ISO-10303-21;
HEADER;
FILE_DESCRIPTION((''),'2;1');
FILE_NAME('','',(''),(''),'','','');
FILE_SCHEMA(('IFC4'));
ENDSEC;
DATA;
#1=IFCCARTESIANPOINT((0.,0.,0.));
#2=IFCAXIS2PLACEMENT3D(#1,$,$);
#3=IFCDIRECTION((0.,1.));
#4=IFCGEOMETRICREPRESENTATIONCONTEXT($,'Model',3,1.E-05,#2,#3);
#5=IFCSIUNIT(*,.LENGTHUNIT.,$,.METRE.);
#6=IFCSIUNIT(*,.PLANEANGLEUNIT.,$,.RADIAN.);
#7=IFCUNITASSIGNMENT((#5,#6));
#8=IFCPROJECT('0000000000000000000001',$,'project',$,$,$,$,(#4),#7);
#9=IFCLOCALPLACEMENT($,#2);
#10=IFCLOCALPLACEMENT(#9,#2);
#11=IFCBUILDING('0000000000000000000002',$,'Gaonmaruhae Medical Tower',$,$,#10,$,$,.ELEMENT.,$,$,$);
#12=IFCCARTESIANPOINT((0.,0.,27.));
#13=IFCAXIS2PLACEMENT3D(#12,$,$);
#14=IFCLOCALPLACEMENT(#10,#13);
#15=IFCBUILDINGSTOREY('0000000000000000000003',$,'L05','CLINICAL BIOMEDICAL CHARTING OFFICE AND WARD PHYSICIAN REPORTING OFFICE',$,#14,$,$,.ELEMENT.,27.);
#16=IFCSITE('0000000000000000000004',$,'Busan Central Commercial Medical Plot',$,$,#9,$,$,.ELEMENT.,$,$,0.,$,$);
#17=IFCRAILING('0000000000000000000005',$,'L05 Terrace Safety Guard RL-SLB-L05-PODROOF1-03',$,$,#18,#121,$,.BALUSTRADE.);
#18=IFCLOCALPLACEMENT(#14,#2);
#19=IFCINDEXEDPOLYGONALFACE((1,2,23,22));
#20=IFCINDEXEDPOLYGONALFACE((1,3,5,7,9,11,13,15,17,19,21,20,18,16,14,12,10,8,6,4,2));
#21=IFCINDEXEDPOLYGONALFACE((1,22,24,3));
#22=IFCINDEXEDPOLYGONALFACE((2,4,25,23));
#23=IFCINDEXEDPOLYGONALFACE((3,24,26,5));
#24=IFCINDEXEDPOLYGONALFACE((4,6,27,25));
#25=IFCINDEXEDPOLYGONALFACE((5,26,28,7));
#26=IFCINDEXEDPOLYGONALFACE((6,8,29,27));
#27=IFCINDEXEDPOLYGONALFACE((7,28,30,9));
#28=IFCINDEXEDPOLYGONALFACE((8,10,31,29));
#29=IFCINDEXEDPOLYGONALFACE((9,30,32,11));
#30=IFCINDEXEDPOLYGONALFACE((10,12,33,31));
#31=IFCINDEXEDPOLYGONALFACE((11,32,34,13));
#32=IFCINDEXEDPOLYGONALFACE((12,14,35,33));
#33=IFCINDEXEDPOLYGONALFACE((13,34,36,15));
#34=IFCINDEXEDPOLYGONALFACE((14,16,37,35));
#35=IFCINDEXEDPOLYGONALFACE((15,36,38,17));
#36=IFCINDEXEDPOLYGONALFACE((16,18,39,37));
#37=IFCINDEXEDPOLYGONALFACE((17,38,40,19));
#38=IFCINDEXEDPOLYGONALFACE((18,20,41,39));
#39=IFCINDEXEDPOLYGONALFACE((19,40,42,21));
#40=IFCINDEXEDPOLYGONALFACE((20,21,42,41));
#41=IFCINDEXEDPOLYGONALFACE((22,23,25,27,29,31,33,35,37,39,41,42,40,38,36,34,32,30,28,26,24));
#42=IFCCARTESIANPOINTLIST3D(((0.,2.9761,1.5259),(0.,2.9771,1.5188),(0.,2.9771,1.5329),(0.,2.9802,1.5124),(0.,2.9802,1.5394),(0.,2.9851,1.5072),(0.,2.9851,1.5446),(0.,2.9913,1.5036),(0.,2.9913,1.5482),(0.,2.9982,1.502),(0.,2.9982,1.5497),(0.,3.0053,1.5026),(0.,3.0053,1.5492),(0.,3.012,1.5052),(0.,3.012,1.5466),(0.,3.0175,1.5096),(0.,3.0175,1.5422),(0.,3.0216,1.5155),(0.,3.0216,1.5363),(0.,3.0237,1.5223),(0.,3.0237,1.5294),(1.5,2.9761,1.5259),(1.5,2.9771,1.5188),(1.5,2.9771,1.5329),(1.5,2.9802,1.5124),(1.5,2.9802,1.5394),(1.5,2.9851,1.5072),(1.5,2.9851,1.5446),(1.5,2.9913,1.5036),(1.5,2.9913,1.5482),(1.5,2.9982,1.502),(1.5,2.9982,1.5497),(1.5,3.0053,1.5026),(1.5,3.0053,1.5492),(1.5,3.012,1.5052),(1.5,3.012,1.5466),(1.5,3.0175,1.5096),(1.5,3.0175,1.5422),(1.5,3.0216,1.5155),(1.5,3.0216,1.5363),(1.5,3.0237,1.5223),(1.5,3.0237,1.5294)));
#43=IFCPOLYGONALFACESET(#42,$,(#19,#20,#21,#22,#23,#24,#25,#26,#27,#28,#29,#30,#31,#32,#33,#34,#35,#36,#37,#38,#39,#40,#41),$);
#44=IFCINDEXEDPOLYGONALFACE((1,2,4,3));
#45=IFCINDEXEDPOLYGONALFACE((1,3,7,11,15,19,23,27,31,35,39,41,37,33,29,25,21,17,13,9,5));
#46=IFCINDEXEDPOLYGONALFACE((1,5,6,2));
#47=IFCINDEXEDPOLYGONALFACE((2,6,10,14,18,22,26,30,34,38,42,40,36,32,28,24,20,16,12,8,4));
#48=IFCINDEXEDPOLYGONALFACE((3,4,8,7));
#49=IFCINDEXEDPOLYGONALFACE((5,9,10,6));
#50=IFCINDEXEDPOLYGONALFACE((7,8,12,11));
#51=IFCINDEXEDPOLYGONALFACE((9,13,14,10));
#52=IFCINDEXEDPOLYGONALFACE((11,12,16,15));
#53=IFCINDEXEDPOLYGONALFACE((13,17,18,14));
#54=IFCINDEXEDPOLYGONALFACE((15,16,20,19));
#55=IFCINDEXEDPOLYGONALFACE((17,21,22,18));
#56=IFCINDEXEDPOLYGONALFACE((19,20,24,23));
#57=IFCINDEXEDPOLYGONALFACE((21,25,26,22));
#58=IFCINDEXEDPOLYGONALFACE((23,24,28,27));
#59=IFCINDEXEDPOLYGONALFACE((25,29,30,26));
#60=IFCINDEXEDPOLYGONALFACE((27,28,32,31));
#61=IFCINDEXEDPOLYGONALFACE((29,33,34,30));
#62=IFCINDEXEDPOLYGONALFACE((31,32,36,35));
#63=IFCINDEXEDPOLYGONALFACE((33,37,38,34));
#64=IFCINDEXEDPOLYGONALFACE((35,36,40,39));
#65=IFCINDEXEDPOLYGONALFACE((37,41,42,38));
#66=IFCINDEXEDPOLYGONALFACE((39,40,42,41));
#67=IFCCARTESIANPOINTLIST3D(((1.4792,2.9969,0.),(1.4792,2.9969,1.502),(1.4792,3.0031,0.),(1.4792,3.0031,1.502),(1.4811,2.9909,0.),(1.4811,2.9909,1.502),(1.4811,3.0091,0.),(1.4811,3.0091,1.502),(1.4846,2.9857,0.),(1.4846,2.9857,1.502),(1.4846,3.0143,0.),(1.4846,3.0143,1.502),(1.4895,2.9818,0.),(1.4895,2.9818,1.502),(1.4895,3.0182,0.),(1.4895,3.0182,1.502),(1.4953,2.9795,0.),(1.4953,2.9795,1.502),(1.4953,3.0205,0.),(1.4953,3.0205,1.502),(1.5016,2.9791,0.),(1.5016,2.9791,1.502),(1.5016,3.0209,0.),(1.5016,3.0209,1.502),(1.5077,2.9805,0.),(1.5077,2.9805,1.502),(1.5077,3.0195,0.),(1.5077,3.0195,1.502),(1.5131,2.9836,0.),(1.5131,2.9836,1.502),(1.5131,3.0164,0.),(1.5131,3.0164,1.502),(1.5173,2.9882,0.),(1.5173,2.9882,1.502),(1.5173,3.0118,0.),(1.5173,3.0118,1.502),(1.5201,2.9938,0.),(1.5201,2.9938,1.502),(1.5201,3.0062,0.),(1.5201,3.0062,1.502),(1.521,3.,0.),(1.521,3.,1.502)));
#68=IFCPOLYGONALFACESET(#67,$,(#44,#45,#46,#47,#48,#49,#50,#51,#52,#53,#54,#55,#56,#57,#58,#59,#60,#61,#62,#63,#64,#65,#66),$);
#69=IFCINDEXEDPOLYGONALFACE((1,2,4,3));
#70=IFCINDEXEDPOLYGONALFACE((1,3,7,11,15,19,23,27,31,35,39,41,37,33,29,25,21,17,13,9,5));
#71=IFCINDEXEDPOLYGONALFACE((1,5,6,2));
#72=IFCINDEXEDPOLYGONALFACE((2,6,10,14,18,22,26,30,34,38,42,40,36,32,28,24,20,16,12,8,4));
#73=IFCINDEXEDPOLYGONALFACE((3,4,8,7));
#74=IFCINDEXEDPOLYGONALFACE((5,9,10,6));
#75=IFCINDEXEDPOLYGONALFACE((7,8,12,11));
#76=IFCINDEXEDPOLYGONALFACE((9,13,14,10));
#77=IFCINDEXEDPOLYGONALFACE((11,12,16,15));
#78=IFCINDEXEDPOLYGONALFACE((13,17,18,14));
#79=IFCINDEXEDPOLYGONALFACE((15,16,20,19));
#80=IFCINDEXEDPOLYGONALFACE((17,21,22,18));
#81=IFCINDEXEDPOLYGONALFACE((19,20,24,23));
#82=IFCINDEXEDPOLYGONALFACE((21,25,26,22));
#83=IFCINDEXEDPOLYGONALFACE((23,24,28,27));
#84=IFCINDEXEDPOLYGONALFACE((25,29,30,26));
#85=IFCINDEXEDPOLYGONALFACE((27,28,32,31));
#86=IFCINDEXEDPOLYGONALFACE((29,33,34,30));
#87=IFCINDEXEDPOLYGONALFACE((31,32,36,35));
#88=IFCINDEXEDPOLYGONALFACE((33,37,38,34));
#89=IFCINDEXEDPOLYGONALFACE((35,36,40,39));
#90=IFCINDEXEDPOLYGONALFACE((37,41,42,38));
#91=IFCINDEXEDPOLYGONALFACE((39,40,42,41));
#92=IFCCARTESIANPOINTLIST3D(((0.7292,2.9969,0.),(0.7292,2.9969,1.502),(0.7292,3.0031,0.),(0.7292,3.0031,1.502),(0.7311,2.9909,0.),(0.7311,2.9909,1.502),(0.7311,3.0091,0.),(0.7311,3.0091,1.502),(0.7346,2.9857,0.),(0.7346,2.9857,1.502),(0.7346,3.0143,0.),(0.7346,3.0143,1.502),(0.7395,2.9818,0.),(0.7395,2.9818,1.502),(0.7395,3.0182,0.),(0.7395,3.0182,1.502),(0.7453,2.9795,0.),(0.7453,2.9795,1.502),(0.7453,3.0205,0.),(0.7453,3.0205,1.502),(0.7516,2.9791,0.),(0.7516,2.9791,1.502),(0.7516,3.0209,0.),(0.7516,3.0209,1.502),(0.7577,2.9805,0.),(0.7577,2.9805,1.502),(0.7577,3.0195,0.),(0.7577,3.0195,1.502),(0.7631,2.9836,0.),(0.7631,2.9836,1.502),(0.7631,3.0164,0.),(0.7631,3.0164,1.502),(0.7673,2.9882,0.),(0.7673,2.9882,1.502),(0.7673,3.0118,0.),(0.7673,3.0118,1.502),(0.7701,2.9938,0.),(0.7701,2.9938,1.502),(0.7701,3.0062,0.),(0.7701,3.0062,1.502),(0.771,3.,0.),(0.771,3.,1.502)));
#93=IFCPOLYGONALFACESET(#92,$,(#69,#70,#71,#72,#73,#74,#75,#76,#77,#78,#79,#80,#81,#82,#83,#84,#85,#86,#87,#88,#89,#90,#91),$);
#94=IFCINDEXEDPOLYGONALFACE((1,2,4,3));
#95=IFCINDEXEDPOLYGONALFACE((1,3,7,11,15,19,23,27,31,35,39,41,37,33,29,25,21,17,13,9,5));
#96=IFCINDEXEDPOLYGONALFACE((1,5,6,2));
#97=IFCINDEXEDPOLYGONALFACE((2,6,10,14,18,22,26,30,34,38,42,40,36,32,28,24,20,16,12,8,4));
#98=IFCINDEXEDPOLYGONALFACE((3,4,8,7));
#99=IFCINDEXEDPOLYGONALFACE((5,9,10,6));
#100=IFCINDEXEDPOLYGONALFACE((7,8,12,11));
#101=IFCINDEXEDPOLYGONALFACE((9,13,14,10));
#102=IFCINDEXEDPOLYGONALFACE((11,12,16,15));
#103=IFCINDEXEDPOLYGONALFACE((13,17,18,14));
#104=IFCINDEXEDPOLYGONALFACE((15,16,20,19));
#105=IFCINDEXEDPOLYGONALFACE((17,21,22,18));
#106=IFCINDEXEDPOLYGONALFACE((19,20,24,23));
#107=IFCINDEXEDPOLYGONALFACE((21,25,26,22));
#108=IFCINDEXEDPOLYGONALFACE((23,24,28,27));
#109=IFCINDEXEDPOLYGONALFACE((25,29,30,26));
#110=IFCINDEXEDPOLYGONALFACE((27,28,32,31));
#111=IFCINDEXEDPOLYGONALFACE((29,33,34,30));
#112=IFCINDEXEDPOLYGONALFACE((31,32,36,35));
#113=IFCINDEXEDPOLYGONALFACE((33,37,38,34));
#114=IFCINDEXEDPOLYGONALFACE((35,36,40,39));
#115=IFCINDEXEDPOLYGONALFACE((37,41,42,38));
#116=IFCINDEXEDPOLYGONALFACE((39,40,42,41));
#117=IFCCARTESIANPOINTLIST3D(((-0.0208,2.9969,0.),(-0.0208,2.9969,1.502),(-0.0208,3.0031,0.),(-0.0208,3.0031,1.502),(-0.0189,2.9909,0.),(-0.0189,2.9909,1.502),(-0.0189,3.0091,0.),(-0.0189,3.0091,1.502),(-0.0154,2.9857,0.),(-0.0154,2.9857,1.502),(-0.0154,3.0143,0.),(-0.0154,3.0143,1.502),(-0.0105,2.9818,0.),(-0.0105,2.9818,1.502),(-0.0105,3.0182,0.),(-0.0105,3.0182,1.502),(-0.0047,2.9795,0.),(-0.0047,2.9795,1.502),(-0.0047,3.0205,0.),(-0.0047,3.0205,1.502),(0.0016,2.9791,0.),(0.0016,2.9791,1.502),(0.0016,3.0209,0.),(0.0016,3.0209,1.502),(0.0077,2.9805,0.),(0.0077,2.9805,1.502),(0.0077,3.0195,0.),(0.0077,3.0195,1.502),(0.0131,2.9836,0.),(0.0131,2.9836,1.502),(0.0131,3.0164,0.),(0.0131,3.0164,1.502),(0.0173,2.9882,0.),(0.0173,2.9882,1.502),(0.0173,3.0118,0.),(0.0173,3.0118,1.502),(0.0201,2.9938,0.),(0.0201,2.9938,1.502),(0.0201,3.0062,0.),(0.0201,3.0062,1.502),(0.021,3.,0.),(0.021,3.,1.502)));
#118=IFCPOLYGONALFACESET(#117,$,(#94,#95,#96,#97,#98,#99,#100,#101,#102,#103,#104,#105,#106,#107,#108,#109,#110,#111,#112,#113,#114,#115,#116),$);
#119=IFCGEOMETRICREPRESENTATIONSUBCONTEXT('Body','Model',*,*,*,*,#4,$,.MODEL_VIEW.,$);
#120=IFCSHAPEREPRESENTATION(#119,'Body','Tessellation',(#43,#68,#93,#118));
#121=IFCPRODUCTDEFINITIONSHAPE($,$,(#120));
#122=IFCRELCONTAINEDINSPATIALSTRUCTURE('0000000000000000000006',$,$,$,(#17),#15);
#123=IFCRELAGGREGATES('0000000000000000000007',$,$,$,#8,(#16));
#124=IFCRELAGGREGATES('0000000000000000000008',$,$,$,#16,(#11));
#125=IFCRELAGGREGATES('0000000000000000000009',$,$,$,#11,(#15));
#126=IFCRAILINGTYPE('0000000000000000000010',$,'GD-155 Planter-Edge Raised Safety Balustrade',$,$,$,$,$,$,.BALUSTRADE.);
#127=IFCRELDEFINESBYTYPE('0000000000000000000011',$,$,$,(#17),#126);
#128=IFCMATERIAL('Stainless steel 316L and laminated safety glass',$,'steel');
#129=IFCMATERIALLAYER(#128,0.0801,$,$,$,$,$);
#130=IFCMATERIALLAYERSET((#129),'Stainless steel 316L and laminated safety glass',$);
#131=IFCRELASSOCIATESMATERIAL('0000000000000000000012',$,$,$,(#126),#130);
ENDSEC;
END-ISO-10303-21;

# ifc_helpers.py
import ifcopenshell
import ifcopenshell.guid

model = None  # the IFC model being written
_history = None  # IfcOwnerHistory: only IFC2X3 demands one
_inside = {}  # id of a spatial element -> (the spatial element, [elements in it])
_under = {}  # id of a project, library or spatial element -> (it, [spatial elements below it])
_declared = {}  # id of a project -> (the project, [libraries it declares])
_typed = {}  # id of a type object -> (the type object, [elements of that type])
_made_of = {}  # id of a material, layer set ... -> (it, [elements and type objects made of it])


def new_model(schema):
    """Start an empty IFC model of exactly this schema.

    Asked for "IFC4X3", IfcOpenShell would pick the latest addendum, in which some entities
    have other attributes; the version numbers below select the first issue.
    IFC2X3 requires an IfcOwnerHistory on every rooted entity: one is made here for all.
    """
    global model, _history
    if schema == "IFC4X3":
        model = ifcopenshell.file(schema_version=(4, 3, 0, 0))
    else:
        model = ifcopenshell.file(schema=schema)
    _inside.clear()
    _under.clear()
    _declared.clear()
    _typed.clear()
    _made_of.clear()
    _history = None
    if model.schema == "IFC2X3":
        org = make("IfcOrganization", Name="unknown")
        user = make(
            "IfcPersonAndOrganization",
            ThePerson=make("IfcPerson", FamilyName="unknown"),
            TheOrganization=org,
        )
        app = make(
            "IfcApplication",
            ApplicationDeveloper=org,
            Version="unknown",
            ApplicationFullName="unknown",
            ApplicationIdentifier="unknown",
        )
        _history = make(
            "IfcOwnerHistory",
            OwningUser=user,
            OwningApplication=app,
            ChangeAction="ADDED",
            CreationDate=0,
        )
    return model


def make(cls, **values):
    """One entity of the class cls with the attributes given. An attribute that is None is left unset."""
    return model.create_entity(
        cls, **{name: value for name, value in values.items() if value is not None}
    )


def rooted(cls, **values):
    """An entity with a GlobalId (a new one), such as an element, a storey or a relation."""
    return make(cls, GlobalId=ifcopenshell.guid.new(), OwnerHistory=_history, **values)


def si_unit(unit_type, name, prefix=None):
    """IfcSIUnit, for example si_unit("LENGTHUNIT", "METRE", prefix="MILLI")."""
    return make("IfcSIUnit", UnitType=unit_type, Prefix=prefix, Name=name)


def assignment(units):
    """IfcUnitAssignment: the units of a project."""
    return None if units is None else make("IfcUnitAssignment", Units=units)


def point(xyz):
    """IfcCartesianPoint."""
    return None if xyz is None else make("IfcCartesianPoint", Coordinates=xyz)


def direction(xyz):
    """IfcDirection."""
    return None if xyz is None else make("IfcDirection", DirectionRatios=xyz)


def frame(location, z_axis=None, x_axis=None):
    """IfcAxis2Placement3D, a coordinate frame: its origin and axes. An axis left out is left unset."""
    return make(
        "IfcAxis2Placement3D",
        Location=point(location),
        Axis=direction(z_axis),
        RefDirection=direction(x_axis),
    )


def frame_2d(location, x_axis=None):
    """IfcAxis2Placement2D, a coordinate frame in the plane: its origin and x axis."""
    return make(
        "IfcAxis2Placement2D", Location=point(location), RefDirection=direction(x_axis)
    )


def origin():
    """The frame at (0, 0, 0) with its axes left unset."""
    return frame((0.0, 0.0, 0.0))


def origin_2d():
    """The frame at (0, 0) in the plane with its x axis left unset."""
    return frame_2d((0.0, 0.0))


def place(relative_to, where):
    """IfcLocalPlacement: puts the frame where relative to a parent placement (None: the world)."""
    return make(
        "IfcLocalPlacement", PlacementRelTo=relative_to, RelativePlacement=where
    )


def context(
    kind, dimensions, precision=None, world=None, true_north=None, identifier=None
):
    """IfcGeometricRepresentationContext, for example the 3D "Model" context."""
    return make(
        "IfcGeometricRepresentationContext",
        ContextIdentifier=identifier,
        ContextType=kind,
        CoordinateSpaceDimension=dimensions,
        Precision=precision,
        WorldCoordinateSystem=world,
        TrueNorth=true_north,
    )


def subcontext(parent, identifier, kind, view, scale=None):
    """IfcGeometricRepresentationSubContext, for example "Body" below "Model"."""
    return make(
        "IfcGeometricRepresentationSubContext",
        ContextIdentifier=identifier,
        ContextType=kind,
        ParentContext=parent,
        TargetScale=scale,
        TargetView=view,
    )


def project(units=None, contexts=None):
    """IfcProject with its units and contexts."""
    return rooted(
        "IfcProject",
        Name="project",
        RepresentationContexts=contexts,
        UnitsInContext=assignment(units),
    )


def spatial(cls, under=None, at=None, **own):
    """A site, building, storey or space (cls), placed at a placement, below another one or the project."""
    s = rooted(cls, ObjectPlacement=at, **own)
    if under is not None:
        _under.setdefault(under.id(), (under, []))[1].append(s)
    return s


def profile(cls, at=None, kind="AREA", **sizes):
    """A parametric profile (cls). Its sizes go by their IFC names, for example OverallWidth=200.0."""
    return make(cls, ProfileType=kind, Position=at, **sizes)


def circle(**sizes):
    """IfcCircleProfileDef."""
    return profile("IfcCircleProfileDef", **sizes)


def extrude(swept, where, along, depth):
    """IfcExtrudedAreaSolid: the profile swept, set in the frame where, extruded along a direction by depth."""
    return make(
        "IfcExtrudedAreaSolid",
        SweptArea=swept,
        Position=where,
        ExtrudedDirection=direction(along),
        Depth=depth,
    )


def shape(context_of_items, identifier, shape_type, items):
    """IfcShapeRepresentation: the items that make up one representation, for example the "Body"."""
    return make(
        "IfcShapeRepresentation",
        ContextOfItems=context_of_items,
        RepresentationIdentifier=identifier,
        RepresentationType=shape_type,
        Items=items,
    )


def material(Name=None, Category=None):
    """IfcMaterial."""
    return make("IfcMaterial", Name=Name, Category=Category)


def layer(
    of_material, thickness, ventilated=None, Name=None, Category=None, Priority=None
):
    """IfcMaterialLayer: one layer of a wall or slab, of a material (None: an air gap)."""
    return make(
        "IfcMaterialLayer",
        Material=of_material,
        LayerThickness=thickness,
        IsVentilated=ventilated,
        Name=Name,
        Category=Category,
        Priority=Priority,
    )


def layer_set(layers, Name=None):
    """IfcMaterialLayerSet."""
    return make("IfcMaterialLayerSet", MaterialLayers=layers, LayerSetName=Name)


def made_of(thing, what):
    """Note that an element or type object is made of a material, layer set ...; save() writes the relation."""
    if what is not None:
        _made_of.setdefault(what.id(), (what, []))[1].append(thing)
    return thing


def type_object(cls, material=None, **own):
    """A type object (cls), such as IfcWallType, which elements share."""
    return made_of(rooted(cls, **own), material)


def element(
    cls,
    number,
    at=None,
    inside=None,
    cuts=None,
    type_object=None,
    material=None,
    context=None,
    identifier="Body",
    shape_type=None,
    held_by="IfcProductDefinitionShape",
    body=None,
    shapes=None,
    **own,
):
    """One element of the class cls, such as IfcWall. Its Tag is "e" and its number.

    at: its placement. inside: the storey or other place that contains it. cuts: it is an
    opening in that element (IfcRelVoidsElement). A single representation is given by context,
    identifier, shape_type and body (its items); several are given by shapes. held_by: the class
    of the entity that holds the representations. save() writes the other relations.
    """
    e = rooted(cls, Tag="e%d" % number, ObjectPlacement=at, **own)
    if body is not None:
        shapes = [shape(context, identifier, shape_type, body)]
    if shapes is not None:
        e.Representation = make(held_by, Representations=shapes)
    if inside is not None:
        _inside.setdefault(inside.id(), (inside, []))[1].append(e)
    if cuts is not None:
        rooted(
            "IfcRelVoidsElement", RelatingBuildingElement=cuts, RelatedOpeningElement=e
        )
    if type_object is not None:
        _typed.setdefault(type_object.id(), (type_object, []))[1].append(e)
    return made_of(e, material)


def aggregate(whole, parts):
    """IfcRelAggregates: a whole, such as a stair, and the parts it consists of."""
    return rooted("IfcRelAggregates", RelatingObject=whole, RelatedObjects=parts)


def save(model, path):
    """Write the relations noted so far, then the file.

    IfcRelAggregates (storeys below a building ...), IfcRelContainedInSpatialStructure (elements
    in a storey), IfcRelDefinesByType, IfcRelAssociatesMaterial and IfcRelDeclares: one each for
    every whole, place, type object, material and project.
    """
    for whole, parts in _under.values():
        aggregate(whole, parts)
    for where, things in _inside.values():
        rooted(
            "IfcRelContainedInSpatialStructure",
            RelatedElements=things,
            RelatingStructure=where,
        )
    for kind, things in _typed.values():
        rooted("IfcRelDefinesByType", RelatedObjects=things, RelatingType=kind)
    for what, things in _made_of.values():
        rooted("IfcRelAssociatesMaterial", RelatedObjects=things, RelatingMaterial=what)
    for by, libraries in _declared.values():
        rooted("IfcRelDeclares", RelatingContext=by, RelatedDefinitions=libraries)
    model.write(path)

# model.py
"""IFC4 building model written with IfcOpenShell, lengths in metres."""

from ifc_helpers import new_model, si_unit, direction, frame, origin, origin_2d, place, context, subcontext, project, spatial, circle, extrude, material, layer, layer_set, type_object, element, save


model = new_model("IFC4")

# Units and contexts
model_context = context("Model", 3, precision=1e-05, world=origin(), true_north=direction((0.0, 1.0)))
body_context = subcontext(model_context, "Body", "Model", "MODEL_VIEW")
ifc_project = project(units=[si_unit("LENGTHUNIT", "METRE"), si_unit("PLANEANGLEUNIT", "RADIAN")], contexts=[model_context])

# Site, building, storey
site_placement = place(None, origin())
site = spatial("IfcSite", under=ifc_project, at=site_placement, Name="Busan Central Commercial Medical Plot", CompositionType="ELEMENT", RefElevation=0.0)
building_placement = place(site_placement, origin())
building = spatial("IfcBuilding", under=site, at=building_placement, Name="Gaonmaruhae Medical Tower", CompositionType="ELEMENT")
storey_placement = place(building_placement, frame((0.0, 0.0, 27.0)))
storey = spatial("IfcBuildingStorey", under=building, at=storey_placement, Name="L05", Description="CLINICAL BIOMEDICAL CHARTING OFFICE AND WARD PHYSICIAN REPORTING OFFICE", CompositionType="ELEMENT", Elevation=27.0)

# Railing
ifc_material_1 = material(Name="Stainless steel 316L and laminated safety glass", Category="steel")
ifc_layer_1 = layer(ifc_material_1, 0.0801)
ifc_layer_set_1 = layer_set([ifc_layer_1], Name="Stainless steel 316L and laminated safety glass")
railing_type = type_object("IfcRailingType", Name="GD-155 Planter-Edge Raised Safety Balustrade", PredefinedType="BALUSTRADE", material=ifc_layer_set_1)
railing_1_placement = place(storey_placement, frame((1.5, 3.0, 0.0)))
element("IfcRailing", 1, at=railing_1_placement, inside=storey, type_object=railing_type, Name="L05 Terrace Safety Guard RL-SLB-L05-PODROOF1-03", PredefinedType="BALUSTRADE", context=body_context, shape_type="SweptSolid", body=[
    extrude(circle(Radius=0.0239, at=origin_2d()), frame((0.0, 0.0, 1.5259), z_axis=(-1.0, 0.0, 0.0), x_axis=(0.0, -1.0, 0.0)), (0.0, 0.0, 1.0), 1.5),
    extrude(circle(Radius=0.021, at=origin_2d()), origin(), (0.0, 0.0, 1.0), 1.502),
    extrude(circle(Radius=0.021, at=origin_2d()), frame((-0.75, 0.0, 0.0)), (0.0, 0.0, 1.0), 1.502),
    extrude(circle(Radius=0.021, at=origin_2d()), frame((-1.5, 0.0, 0.0)), (0.0, 0.0, 1.0), 1.502),
])

save(model, "model.ifc")
